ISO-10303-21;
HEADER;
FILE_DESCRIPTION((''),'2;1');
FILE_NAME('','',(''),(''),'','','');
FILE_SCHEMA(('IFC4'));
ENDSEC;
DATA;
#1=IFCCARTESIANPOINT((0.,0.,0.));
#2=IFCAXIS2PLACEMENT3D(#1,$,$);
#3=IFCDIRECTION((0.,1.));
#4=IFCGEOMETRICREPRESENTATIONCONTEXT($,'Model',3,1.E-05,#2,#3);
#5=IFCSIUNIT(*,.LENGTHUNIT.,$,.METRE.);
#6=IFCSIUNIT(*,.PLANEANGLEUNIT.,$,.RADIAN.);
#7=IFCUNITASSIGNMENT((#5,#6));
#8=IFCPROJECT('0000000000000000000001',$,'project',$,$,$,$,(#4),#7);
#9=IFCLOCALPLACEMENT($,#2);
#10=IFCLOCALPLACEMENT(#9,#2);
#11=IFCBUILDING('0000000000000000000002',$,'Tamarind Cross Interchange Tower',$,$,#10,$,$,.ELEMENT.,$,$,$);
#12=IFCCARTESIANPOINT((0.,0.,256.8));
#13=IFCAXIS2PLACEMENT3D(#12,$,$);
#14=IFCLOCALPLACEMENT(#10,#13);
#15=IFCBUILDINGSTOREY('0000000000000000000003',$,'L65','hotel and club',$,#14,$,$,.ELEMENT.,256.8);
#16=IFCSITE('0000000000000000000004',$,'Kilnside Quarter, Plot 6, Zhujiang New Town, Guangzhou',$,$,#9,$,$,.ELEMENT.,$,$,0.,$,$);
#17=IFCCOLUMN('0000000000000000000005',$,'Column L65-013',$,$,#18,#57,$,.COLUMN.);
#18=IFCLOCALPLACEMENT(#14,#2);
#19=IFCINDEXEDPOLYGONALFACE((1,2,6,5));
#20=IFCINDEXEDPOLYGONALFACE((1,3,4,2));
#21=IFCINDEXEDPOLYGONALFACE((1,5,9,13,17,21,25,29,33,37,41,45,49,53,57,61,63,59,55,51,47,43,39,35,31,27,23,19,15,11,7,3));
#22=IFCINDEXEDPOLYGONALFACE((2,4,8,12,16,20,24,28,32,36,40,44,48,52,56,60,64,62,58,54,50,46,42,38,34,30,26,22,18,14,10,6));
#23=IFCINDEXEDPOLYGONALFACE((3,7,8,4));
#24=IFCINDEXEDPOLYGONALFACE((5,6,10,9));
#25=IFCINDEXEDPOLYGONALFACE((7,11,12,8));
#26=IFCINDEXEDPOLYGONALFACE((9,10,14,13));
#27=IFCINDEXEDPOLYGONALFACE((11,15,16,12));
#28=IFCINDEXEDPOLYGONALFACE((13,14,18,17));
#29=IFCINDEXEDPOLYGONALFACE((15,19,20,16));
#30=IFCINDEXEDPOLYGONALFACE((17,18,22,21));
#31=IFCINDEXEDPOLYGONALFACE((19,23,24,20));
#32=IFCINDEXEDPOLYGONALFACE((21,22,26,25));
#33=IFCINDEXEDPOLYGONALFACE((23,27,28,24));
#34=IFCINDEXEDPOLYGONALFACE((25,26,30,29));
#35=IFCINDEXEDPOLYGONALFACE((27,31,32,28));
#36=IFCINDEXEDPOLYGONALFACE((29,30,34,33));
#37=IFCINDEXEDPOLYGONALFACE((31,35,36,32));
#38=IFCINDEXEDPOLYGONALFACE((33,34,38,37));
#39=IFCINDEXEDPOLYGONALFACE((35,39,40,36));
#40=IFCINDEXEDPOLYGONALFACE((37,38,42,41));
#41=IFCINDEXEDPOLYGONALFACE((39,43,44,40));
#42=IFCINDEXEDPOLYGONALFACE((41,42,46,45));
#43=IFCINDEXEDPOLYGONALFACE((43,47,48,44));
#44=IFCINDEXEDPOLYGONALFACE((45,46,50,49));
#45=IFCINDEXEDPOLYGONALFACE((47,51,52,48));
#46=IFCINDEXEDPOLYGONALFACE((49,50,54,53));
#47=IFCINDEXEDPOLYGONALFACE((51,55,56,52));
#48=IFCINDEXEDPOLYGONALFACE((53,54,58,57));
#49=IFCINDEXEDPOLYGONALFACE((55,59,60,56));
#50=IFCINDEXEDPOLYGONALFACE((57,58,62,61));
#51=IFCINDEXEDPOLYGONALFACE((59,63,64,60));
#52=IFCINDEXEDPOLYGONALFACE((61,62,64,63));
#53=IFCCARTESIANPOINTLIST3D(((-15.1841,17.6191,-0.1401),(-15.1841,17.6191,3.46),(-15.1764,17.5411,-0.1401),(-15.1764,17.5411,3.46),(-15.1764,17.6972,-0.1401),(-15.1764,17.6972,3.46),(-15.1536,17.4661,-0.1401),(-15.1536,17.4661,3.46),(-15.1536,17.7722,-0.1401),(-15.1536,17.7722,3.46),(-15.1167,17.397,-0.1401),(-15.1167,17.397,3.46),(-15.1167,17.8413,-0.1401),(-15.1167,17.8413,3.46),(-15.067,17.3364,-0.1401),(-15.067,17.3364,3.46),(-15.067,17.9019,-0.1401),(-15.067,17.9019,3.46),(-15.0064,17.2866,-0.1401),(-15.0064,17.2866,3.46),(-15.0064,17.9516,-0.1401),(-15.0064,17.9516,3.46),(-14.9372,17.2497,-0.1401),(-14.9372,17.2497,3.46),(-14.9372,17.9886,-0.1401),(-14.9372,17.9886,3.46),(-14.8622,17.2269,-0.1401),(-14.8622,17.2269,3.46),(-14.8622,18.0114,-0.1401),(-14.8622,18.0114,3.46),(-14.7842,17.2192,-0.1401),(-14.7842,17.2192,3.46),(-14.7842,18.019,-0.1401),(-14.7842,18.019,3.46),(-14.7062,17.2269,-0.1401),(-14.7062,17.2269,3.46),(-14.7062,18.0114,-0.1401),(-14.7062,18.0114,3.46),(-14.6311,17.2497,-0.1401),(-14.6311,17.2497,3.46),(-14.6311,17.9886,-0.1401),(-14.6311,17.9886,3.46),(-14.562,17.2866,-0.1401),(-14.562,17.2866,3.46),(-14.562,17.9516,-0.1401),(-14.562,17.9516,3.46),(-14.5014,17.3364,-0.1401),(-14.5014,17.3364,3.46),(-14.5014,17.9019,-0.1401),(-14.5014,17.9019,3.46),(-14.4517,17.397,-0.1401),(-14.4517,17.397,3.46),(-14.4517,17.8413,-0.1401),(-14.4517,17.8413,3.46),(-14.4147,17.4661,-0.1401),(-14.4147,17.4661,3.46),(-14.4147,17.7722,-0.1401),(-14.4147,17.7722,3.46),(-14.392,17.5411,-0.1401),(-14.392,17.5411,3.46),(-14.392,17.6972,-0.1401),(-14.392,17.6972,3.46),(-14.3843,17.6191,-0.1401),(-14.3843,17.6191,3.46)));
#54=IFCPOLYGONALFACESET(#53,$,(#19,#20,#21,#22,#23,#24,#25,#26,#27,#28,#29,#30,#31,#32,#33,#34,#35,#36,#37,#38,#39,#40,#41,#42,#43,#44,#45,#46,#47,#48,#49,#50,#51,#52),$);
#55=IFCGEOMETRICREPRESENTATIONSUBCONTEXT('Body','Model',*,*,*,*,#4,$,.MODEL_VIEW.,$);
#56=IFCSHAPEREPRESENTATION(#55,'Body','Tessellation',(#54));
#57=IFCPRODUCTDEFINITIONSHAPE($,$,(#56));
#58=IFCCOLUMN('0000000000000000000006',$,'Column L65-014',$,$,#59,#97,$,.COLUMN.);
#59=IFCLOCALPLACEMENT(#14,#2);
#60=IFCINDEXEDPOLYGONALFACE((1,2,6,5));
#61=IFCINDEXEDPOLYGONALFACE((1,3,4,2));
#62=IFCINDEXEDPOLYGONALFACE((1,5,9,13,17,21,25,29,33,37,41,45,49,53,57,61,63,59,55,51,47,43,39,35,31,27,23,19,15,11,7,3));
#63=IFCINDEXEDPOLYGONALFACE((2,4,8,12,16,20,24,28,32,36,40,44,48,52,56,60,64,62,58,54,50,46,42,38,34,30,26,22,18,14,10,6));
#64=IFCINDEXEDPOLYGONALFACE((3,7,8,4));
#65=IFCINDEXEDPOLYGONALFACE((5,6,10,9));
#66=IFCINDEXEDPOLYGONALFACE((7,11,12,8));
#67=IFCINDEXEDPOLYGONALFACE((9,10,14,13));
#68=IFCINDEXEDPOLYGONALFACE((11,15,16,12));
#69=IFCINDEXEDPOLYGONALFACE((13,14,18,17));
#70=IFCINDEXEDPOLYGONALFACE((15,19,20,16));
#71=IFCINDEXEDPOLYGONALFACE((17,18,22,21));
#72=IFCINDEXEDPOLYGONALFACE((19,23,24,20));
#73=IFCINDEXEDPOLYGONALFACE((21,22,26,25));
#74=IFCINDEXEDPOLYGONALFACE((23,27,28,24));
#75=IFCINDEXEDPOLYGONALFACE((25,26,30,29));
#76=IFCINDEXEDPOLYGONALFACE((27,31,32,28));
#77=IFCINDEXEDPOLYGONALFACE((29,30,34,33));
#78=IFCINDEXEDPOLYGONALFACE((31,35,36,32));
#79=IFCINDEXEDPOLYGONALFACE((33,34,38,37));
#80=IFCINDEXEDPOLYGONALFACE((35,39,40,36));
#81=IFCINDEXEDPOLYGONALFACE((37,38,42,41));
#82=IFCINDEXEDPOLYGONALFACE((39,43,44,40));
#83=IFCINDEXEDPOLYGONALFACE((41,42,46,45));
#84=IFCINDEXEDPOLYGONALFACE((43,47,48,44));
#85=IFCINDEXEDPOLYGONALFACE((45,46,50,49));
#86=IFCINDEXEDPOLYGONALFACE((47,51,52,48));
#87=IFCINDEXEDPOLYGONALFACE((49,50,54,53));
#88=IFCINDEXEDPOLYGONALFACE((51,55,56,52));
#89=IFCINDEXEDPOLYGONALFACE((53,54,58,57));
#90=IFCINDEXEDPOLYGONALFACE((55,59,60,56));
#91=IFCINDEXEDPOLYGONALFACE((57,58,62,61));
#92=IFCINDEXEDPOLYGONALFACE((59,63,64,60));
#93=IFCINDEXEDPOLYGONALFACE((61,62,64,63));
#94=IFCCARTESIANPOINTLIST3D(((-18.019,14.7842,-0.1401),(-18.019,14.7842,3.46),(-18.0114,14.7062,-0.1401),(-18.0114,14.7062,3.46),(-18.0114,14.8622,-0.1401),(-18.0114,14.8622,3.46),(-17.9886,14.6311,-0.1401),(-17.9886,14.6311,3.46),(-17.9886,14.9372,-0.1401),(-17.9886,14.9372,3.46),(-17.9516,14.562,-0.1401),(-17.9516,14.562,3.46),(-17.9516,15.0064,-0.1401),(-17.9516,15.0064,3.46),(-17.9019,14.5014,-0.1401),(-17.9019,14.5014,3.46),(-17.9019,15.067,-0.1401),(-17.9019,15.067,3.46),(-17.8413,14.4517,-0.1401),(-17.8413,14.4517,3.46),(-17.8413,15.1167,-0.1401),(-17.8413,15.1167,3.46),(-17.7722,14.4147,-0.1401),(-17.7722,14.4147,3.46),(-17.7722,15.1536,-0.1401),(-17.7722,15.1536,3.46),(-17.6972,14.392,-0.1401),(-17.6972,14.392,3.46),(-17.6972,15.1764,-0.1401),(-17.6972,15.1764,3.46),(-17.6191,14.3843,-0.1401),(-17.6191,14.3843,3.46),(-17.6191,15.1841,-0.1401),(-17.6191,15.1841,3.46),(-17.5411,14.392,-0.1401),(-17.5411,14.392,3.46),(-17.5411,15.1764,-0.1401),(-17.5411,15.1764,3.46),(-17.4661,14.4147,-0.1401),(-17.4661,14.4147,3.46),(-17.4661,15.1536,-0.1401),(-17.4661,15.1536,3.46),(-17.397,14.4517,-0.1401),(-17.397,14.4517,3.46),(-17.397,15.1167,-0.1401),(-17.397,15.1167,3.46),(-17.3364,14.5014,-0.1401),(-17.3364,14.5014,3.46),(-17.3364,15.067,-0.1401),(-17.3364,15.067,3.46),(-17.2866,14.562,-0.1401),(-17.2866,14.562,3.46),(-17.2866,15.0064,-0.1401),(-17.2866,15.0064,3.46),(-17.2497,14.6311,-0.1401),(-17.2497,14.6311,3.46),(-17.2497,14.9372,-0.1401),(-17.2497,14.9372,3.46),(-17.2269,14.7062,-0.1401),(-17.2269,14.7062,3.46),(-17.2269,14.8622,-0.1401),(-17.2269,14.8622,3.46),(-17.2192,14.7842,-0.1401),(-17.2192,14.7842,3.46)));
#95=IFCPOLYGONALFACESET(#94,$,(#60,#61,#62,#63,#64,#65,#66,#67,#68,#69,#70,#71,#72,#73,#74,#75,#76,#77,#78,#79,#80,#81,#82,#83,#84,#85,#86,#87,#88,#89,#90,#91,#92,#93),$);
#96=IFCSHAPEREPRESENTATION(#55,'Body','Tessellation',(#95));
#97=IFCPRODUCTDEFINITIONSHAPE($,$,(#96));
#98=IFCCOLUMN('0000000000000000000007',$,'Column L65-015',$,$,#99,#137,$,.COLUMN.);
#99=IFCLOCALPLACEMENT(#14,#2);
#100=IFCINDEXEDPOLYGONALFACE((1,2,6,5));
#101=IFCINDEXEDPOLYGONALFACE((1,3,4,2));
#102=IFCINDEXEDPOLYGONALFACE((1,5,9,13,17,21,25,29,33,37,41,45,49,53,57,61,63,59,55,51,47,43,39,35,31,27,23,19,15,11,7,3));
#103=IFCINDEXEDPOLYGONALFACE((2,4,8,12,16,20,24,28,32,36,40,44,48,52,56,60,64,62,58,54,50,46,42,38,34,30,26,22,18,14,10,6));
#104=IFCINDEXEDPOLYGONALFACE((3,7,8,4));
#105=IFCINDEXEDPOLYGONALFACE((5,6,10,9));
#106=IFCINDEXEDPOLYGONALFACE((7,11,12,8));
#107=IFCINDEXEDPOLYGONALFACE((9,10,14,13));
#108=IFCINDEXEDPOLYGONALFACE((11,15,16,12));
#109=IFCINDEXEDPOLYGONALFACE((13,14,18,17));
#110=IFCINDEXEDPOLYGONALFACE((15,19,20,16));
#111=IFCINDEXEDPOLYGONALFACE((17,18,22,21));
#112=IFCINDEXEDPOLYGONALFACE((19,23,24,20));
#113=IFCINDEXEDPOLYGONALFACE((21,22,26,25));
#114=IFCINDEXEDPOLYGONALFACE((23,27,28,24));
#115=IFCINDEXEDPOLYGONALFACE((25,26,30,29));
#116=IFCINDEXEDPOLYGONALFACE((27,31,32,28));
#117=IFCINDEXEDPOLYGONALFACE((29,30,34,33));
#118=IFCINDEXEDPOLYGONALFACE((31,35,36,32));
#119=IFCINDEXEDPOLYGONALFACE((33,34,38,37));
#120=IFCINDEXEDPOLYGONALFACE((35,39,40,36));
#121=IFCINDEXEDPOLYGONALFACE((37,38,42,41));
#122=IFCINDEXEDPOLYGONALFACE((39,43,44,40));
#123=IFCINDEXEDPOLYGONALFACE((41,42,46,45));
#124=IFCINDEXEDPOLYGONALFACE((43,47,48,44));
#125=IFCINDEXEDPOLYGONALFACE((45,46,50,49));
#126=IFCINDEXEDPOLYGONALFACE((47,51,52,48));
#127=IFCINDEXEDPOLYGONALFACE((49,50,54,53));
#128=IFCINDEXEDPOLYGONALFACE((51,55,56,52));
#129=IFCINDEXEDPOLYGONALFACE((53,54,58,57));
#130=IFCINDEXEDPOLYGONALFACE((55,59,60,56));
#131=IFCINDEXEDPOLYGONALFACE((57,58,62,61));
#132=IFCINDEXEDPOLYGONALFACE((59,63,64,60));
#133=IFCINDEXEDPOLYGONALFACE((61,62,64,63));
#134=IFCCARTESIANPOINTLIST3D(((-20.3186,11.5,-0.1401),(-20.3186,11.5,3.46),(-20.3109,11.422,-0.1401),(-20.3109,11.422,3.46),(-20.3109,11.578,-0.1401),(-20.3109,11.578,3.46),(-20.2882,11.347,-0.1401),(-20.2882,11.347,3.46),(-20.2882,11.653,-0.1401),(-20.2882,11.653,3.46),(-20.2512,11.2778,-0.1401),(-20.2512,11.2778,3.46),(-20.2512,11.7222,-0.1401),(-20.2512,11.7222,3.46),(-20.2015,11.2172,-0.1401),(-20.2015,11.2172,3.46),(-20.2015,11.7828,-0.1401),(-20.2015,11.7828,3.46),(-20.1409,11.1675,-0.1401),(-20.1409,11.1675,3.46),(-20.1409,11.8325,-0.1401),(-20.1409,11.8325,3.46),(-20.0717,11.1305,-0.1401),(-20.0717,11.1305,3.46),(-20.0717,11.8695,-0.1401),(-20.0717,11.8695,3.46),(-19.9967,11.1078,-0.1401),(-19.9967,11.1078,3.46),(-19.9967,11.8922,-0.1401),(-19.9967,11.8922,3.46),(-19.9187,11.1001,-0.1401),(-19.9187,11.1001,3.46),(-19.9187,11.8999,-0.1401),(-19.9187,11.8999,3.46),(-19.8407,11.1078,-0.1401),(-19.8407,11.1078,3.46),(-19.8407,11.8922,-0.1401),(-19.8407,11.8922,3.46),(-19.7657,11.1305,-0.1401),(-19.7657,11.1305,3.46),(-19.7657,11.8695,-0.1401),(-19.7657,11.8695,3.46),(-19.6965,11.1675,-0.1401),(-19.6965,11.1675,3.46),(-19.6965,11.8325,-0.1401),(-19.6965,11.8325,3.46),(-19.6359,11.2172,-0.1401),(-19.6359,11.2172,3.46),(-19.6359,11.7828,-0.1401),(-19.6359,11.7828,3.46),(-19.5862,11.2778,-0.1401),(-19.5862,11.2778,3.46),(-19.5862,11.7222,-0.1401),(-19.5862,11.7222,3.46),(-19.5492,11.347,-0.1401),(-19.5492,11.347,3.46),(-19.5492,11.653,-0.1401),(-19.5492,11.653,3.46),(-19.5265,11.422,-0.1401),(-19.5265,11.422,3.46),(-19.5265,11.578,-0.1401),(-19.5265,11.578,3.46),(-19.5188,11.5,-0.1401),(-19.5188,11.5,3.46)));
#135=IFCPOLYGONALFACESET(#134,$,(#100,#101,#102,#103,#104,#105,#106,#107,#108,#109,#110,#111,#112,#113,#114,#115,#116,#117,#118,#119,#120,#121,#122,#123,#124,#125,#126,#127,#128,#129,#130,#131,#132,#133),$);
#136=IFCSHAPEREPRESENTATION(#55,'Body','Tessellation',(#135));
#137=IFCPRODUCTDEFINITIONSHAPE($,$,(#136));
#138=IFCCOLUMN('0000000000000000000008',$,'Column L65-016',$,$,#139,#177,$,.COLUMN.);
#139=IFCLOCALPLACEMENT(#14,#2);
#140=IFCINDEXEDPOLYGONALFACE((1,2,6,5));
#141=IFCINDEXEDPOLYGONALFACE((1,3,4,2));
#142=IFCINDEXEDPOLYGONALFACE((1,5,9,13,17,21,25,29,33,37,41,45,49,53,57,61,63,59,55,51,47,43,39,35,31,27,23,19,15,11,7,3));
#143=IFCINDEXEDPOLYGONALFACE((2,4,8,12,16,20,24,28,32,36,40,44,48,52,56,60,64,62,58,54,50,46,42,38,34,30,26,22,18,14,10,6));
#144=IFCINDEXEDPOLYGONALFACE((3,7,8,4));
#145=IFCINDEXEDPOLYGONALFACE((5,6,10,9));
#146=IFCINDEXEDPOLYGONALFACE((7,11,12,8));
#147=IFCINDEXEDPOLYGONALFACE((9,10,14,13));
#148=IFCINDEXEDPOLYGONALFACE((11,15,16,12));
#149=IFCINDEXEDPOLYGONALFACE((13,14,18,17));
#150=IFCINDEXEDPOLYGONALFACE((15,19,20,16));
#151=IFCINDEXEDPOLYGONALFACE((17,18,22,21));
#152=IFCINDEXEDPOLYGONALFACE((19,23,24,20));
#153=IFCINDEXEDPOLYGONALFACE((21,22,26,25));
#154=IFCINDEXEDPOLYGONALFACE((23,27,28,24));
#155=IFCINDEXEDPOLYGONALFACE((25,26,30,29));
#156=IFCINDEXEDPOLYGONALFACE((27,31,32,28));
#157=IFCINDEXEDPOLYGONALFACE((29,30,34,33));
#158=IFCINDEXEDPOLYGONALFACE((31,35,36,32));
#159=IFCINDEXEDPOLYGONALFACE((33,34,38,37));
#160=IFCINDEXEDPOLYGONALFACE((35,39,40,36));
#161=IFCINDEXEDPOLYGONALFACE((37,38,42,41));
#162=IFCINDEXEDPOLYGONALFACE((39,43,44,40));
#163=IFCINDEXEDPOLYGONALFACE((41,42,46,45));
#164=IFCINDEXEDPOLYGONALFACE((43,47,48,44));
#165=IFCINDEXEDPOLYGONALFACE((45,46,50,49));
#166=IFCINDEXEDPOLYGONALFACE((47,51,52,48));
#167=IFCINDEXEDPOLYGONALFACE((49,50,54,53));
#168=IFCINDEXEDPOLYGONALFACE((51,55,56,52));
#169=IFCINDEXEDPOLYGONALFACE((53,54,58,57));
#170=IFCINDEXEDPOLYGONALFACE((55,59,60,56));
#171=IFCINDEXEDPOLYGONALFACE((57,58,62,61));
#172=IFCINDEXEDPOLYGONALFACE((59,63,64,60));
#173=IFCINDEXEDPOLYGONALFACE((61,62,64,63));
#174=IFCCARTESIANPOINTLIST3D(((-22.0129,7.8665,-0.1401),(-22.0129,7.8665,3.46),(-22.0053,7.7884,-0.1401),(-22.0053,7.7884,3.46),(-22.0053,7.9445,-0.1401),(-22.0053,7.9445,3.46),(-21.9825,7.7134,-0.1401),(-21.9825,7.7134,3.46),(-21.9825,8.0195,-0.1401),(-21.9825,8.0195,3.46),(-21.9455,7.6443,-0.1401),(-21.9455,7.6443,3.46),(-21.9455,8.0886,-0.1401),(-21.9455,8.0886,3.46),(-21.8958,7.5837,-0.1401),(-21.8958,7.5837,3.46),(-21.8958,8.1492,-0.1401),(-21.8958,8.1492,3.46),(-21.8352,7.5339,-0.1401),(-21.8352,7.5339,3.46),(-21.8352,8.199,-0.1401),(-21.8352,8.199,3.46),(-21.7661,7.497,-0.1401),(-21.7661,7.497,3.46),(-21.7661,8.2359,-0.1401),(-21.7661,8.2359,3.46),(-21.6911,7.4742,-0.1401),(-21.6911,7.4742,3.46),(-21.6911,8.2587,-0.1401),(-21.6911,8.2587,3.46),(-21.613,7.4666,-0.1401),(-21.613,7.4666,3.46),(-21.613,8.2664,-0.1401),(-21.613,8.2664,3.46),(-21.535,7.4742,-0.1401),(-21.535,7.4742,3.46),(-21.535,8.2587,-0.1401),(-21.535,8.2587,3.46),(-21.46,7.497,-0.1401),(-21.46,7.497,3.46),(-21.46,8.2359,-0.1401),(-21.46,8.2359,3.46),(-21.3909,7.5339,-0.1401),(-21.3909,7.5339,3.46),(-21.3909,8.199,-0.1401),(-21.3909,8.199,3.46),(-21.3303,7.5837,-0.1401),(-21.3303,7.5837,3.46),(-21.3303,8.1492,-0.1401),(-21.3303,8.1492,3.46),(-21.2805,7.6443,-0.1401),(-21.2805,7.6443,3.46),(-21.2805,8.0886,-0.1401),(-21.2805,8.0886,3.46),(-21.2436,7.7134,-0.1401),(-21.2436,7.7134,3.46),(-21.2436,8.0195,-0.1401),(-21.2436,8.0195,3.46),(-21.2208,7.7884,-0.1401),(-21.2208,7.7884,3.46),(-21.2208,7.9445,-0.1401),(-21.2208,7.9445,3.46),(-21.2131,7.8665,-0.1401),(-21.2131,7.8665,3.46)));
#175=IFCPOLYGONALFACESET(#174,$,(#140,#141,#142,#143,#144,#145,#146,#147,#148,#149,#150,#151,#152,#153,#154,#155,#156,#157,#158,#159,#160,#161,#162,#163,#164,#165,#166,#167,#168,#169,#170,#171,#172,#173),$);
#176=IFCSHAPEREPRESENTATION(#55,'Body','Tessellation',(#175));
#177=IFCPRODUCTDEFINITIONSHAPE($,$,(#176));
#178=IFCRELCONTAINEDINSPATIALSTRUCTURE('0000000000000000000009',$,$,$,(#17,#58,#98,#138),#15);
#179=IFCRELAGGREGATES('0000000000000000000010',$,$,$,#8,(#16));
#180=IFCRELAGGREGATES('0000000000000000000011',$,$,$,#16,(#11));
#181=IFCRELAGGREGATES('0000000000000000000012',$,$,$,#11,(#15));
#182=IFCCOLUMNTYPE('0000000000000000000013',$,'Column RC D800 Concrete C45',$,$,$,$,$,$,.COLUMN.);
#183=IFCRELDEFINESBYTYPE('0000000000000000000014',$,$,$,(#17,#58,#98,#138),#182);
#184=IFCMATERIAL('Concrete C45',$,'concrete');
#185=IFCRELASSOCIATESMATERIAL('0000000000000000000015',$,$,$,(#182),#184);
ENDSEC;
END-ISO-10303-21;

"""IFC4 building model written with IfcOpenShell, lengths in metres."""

from ifc_helpers import new_model, si_unit, direction, frame, origin, origin_2d, place, context, subcontext, project, spatial, circle, extrude, material, material_profile, profile_set, type_object, element, save


model = new_model("IFC4")

# Units and contexts
model_context = context("Model", 3, precision=1e-05, world=origin(), true_north=direction((0.0, 1.0)))
body_context = subcontext(model_context, "Body", "Model", "MODEL_VIEW")
ifc_project = project(units=[si_unit("LENGTHUNIT", "METRE"), si_unit("PLANEANGLEUNIT", "RADIAN")], contexts=[model_context])

# Site, building, storey
site_placement = place(None, origin())
site = spatial("IfcSite", under=ifc_project, at=site_placement, Name="Kilnside Quarter, Plot 6, Zhujiang New Town, Guangzhou", CompositionType="ELEMENT", RefElevation=0.0)
building_placement = place(site_placement, origin())
building = spatial("IfcBuilding", under=site, at=building_placement, Name="Tamarind Cross Interchange Tower", CompositionType="ELEMENT")
storey_placement = place(building_placement, frame((0.0, 0.0, 256.8)))
storey = spatial("IfcBuildingStorey", under=building, at=storey_placement, Name="L65", Description="hotel and club", CompositionType="ELEMENT", Elevation=256.8)

# Columns
ifc_material_1 = material(Name="Concrete C45", Category="concrete")
ifc_material_profile_1 = material_profile(ifc_material_1, circle(Radius=0.3999, at=origin_2d()), Name="RC D800")
ifc_profile_set_1 = profile_set([ifc_material_profile_1], Name="Concrete C45")
column_type = type_object("IfcColumnType", Name="Column RC D800 Concrete C45", PredefinedType="COLUMN", material=ifc_profile_set_1)
for number, where, z_axis, x_axis, name in (
    (1, (-14.7842, 17.6191, -0.1401), (0.0, 0.0, 1.0), (1.0, 0.0, 0.0), "Column L65-013"),
    (2, (-17.6191, 14.7842, -0.1401), (0.0, 0.0, 1.0), (1.0, 0.0, 0.0), "Column L65-014"),
    (3, (-19.9187, 11.5, -0.1401), (0.0, 0.0, 1.0), (1.0, 0.0, 0.0), "Column L65-015"),
    (4, (-21.613, 7.8665, -0.1401), (0.0, 0.0, 1.0), (1.0, 0.0, 0.0), "Column L65-016"),
):
    element("IfcColumn", number, at=place(storey_placement, frame(where, z_axis=z_axis, x_axis=x_axis)), inside=storey, type_object=column_type, Name=name, PredefinedType="COLUMN", context=body_context, shape_type="SweptSolid", body=[
        extrude(circle(Radius=0.3999, at=origin_2d()), origin(), (0.0, 0.0, 1.0), 3.6001),
    ])

save(model, "model.ifc")
